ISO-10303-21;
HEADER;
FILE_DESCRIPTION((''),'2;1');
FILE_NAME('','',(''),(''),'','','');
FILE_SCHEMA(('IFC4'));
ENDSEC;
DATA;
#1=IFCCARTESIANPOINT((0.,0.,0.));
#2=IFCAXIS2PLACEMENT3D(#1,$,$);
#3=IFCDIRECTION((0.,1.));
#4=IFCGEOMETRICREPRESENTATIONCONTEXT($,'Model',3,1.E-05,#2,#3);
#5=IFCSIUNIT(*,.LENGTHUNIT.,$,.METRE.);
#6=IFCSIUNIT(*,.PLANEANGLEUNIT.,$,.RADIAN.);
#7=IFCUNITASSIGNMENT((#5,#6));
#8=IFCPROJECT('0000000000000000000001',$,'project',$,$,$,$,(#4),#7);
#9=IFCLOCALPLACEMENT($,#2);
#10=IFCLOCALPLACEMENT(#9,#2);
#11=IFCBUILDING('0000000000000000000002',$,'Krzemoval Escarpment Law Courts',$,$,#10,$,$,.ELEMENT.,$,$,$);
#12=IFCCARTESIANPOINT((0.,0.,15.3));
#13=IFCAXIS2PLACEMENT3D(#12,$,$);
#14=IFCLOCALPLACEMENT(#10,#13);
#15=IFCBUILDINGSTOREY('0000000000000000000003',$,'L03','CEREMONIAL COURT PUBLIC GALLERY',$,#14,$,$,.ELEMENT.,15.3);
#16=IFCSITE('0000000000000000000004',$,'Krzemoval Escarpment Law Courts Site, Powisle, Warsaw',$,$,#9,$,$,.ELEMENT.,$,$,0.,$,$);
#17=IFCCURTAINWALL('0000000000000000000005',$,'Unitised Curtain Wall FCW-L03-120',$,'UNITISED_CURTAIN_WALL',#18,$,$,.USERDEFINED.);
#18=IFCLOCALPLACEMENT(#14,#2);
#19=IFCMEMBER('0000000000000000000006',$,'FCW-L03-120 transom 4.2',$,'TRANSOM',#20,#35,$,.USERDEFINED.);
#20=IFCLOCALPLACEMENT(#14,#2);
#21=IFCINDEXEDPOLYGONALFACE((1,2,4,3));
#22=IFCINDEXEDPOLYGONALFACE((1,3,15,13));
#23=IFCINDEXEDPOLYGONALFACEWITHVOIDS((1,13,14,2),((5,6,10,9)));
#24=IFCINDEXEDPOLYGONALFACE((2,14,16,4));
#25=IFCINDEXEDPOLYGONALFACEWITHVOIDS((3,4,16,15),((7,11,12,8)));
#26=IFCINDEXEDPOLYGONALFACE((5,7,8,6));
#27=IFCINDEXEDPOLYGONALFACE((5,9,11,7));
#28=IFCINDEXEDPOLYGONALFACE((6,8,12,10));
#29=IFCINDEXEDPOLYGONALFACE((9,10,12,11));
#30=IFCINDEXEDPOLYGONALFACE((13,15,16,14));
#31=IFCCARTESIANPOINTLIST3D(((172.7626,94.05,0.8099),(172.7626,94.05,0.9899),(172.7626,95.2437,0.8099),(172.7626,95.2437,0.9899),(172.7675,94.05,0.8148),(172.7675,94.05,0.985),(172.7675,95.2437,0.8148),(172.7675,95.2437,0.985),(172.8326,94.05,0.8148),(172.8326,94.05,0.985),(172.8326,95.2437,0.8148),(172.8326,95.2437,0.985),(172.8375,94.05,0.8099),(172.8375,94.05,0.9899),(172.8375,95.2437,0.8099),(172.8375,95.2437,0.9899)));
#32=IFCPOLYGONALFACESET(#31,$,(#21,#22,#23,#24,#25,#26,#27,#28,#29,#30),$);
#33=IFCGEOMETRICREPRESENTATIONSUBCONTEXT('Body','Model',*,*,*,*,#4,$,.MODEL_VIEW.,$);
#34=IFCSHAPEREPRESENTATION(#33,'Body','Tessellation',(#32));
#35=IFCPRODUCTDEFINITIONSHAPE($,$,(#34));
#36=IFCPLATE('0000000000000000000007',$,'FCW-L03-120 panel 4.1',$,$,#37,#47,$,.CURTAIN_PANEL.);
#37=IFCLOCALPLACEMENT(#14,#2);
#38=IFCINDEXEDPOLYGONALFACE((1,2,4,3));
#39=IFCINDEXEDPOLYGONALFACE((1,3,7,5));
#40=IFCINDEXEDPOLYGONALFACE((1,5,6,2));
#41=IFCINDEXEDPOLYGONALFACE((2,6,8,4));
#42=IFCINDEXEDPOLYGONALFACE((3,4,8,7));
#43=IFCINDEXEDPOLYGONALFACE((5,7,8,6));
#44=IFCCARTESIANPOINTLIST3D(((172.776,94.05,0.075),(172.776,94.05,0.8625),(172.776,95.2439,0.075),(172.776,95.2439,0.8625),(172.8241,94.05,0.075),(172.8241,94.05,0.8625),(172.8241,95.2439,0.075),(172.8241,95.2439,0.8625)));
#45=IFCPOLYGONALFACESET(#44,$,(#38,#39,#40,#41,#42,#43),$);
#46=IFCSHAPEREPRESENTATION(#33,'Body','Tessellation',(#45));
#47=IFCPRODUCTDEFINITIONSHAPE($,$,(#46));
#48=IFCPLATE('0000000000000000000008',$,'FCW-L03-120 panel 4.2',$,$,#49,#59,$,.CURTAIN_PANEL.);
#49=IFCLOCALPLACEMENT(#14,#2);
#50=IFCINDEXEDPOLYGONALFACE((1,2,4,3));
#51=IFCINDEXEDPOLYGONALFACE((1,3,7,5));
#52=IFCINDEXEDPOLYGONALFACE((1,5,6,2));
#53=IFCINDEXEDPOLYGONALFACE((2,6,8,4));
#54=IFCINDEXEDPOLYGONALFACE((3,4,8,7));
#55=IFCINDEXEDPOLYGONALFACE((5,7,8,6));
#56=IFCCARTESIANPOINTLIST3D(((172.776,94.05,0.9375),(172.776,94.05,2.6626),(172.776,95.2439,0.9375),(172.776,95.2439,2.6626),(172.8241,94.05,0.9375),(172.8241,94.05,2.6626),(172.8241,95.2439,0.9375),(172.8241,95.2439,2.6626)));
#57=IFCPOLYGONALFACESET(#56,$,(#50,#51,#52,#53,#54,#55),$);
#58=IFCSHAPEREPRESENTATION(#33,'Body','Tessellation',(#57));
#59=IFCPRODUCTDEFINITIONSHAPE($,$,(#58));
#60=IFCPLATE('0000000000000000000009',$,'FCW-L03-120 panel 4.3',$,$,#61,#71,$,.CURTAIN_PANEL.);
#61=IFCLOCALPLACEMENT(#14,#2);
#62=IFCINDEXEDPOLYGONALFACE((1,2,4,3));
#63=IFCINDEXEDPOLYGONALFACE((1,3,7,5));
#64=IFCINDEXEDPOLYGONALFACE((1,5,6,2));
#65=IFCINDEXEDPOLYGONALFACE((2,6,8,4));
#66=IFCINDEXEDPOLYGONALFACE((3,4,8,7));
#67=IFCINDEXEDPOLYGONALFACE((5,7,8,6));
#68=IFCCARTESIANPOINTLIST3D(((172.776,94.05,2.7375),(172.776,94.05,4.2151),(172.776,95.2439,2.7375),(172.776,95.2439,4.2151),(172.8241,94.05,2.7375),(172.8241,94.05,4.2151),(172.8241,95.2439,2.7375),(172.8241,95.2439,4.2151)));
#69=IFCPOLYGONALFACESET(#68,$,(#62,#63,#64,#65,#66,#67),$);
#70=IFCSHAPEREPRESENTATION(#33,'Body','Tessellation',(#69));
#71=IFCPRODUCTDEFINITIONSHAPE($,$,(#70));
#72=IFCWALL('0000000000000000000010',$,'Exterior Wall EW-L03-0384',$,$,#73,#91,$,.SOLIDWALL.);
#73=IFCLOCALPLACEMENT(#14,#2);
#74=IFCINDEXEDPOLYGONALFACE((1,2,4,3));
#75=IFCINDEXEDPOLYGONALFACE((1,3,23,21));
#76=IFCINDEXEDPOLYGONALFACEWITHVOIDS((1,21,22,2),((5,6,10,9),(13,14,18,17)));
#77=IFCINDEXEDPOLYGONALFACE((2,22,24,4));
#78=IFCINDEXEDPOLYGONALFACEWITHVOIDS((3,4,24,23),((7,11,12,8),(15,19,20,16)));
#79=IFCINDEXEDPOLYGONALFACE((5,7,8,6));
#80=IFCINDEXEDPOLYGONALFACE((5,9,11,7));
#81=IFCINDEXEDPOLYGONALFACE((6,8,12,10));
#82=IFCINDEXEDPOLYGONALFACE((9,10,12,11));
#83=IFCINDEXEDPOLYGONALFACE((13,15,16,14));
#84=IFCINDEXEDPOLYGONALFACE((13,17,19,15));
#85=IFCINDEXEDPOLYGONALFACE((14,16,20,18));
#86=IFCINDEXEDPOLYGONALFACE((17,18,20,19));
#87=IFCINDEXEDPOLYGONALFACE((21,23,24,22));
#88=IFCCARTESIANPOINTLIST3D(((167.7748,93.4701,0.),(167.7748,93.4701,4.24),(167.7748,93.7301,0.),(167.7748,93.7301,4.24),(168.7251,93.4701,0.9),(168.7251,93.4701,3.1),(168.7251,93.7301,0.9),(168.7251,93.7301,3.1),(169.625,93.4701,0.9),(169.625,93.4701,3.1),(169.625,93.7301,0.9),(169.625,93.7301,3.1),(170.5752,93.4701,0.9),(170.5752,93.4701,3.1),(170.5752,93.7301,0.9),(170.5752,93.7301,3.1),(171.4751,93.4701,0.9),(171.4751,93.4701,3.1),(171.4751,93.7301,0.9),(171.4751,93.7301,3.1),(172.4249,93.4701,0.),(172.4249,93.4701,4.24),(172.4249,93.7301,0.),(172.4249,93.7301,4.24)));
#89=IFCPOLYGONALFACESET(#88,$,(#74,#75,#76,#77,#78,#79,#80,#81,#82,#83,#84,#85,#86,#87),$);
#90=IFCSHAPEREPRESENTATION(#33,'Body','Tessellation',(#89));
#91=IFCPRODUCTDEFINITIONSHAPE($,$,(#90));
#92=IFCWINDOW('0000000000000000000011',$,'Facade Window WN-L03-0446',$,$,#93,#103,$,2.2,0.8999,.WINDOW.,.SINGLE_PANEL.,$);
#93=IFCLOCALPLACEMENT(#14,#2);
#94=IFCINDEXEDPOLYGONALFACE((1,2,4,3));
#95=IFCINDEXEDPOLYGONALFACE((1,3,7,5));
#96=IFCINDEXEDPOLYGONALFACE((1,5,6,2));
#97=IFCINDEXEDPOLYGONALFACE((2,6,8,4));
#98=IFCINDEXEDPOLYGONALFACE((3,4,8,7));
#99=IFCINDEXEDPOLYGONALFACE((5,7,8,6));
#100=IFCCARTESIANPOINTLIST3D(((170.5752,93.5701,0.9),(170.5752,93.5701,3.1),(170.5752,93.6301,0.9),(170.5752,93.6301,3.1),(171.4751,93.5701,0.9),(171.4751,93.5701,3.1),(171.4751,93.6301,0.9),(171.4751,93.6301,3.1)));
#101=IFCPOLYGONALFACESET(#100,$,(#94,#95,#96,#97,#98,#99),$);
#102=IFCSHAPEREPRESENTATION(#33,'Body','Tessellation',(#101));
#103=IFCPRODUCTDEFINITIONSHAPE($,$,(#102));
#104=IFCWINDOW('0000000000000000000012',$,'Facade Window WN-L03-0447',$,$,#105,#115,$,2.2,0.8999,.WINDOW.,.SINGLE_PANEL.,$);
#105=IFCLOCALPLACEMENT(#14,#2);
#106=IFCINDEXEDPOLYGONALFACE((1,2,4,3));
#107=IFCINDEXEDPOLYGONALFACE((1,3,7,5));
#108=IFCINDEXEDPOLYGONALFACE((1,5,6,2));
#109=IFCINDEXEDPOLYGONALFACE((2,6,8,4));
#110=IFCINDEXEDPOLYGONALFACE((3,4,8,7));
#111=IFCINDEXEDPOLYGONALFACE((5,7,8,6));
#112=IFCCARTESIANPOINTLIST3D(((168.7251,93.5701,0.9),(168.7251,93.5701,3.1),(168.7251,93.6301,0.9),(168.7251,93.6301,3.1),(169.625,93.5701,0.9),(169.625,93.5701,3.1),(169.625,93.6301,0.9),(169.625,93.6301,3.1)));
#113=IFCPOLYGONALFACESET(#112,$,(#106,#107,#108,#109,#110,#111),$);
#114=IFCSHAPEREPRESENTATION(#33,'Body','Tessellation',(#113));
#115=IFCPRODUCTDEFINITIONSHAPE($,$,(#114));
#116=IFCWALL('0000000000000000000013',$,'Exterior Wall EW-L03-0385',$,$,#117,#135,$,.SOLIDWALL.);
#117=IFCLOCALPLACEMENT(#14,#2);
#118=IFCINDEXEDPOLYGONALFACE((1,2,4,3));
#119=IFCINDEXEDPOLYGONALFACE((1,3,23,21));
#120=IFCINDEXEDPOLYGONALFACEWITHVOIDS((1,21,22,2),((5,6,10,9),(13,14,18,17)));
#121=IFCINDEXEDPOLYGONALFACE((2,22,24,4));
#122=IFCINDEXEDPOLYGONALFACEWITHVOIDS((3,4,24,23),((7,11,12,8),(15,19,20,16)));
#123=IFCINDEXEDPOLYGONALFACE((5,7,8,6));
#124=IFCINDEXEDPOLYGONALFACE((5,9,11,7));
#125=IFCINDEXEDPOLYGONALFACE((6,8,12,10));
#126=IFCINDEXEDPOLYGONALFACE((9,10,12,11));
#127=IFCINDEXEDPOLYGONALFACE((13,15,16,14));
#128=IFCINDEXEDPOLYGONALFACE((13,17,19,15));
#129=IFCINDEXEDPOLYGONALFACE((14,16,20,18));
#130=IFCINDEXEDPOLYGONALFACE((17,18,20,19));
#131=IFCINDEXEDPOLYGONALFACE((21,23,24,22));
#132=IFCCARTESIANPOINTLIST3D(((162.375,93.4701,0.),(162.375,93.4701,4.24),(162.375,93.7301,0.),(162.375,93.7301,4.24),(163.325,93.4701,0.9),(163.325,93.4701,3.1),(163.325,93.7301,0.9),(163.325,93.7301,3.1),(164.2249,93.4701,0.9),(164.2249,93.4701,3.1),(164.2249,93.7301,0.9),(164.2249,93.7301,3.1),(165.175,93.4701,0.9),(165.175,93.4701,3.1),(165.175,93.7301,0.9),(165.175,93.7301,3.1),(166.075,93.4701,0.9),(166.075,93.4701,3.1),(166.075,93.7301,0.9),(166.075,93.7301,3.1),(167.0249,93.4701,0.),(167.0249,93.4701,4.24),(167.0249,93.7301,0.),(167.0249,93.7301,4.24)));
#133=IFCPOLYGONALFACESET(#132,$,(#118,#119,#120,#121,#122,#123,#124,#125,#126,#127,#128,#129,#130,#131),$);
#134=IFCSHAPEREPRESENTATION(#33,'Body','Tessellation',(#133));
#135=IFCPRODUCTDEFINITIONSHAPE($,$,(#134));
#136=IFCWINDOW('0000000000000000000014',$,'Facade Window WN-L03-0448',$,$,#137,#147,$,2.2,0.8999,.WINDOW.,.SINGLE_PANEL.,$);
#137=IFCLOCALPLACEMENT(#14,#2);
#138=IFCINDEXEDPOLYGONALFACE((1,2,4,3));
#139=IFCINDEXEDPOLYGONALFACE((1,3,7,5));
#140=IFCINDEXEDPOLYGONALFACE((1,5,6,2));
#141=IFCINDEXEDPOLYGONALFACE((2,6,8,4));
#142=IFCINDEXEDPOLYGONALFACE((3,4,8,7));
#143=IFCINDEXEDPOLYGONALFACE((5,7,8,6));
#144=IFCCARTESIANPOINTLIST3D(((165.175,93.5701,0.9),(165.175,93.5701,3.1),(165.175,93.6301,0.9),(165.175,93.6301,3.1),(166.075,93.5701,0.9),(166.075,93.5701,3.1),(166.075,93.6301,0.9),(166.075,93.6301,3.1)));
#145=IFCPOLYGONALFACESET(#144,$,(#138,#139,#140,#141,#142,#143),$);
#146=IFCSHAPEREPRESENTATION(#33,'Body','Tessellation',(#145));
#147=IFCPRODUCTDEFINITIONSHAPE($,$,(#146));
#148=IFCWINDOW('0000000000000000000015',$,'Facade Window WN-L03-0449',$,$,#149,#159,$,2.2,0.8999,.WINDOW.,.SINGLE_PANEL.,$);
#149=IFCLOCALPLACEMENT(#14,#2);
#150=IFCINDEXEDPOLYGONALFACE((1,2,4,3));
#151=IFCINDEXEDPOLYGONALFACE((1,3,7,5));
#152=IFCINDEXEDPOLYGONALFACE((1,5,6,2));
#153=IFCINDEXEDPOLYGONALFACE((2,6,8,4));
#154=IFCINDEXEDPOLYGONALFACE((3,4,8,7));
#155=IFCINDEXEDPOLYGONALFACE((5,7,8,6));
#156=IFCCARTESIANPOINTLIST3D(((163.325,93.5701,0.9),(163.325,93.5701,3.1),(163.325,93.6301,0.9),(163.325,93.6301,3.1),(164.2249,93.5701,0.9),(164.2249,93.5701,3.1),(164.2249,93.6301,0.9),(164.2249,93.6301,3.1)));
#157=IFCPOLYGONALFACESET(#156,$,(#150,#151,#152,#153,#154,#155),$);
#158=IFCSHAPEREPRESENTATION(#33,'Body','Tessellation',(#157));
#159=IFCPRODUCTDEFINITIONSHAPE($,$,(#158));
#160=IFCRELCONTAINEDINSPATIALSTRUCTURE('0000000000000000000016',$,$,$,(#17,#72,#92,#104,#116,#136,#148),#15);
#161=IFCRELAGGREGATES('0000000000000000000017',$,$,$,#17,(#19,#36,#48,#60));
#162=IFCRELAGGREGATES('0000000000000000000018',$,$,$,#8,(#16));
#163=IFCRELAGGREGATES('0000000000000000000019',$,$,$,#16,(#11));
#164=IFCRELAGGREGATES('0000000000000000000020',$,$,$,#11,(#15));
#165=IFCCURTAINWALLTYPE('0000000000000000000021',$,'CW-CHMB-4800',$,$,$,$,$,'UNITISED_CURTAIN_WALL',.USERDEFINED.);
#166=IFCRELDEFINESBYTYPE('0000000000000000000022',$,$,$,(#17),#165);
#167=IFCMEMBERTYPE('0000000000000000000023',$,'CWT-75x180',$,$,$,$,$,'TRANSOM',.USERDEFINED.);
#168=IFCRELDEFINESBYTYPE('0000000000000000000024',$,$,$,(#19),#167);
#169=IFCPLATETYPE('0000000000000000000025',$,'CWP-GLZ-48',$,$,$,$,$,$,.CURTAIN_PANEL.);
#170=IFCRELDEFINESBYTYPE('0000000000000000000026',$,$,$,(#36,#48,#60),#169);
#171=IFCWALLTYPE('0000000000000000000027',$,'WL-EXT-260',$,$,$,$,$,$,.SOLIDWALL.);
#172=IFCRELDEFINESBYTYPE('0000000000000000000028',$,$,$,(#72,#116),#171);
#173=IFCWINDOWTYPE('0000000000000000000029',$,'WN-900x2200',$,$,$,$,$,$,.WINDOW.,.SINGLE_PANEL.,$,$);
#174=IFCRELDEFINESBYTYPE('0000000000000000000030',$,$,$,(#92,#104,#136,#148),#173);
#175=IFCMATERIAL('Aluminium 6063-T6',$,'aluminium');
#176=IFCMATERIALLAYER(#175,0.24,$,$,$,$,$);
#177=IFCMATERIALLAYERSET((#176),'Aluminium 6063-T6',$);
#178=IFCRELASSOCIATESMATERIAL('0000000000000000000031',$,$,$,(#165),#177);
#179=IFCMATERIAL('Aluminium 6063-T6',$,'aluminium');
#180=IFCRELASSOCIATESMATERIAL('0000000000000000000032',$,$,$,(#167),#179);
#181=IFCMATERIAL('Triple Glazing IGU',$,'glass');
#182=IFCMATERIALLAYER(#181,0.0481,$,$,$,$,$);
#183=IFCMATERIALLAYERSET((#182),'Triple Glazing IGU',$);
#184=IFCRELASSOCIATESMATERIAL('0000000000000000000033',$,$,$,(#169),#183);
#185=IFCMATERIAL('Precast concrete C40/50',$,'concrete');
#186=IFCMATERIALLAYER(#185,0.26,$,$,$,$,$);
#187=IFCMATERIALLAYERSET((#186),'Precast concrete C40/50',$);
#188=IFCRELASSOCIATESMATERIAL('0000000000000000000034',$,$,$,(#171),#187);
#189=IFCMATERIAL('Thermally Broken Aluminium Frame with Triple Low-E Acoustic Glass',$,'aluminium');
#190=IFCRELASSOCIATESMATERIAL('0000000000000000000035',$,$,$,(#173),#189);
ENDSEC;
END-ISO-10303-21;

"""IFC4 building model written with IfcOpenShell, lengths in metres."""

from ifc_helpers import new_model, si_unit, direction, frame, frame_2d, origin, origin_2d, place, context, subcontext, project, spatial, rectangle, hollow_rectangle, extrude, material, layer, layer_set, material_profile, profile_set, type_object, element, fill, aggregate, save


model = new_model("IFC4")

# Units and contexts
model_context = context("Model", 3, precision=1e-05, world=origin(), true_north=direction((0.0, 1.0)))
body_context = subcontext(model_context, "Body", "Model", "MODEL_VIEW")
ifc_project = project(units=[si_unit("LENGTHUNIT", "METRE"), si_unit("PLANEANGLEUNIT", "RADIAN")], contexts=[model_context])

# Site, building, storey
site_placement = place(None, origin())
site = spatial("IfcSite", under=ifc_project, at=site_placement, Name="Krzemoval Escarpment Law Courts Site, Powisle, Warsaw", CompositionType="ELEMENT", RefElevation=0.0)
building_placement = place(site_placement, origin())
building = spatial("IfcBuilding", under=site, at=building_placement, Name="Krzemoval Escarpment Law Courts", CompositionType="ELEMENT")
storey_placement = place(building_placement, frame((0.0, 0.0, 15.3)))
storey = spatial("IfcBuildingStorey", under=building, at=storey_placement, Name="L03", Description="CEREMONIAL COURT PUBLIC GALLERY", CompositionType="ELEMENT", Elevation=15.3)

# Curtain wall, member, plates
ifc_material_1 = material(Name="Aluminium 6063-T6", Category="aluminium")
ifc_layer_1 = layer(ifc_material_1, 0.24)
ifc_layer_set_1 = layer_set([ifc_layer_1], Name="Aluminium 6063-T6")
curtain_wall_type = type_object("IfcCurtainWallType", Name="CW-CHMB-4800", ElementType="UNITISED_CURTAIN_WALL", PredefinedType="USERDEFINED", material=ifc_layer_set_1)
curtain_wall_placement = place(storey_placement, origin())
curtain_wall = element("IfcCurtainWall", 1, at=curtain_wall_placement, inside=storey, type_object=curtain_wall_type, Name="Unitised Curtain Wall FCW-L03-120", ObjectType="UNITISED_CURTAIN_WALL", PredefinedType="USERDEFINED")
ifc_material_2 = material(Name="Aluminium 6063-T6", Category="aluminium")
ifc_material_profile_1 = material_profile(ifc_material_2, hollow_rectangle(XDim=0.075, YDim=0.1799, WallThickness=0.0049, at=origin_2d()), Name="ALU T75x180")
ifc_profile_set_1 = profile_set([ifc_material_profile_1], Name="Aluminium 6063-T6")
member_type_1 = type_object("IfcMemberType", Name="CWT-75x180", ElementType="TRANSOM", PredefinedType="USERDEFINED", material=ifc_profile_set_1)
member_1_placement = place(storey_placement, frame((172.8, 95.2437, 0.8999), z_axis=(0.0, -1.0, 0.0), x_axis=(1.0, 0.0, 0.0)))
member_1 = element("IfcMember", 2, at=member_1_placement, type_object=member_type_1, Name="FCW-L03-120 transom 4.2", ObjectType="TRANSOM", PredefinedType="USERDEFINED", context=body_context, shape_type="SweptSolid", body=[
    extrude(hollow_rectangle(XDim=0.075, YDim=0.1799, WallThickness=0.0049, at=origin_2d()), origin(), (0.0, 0.0, 1.0), 1.1936),
])
ifc_material_3 = material(Name="Triple Glazing IGU", Category="glass")
ifc_layer_2 = layer(ifc_material_3, 0.0481)
ifc_layer_set_2 = layer_set([ifc_layer_2], Name="Triple Glazing IGU")
plate_type = type_object("IfcPlateType", Name="CWP-GLZ-48", PredefinedType="CURTAIN_PANEL", material=ifc_layer_set_2)
plate_1_placement = place(storey_placement, frame((172.8, 94.647, 0.075), z_axis=(0.0, 0.0, 1.0), x_axis=(0.0, -1.0, 0.0)))
plate_1 = element("IfcPlate", 3, at=plate_1_placement, type_object=plate_type, Name="FCW-L03-120 panel 4.1", PredefinedType="CURTAIN_PANEL", context=body_context, shape_type="SweptSolid", body=[
    extrude(rectangle(XDim=1.1938, YDim=0.0481, at=origin_2d()), origin(), (0.0, 0.0, 1.0), 0.7876),
])
plate_2_placement = place(storey_placement, frame((172.8, 94.647, 0.9375), z_axis=(0.0, 0.0, 1.0), x_axis=(0.0, -1.0, 0.0)))
plate_2 = element("IfcPlate", 4, at=plate_2_placement, type_object=plate_type, Name="FCW-L03-120 panel 4.2", PredefinedType="CURTAIN_PANEL", context=body_context, shape_type="SweptSolid", body=[
    extrude(rectangle(XDim=1.1938, YDim=0.0481, at=origin_2d()), origin(), (0.0, 0.0, 1.0), 1.7251),
])
plate_3_placement = place(storey_placement, frame((172.8, 94.647, 2.7375), z_axis=(0.0, 0.0, 1.0), x_axis=(0.0, -1.0, 0.0)))
plate_3 = element("IfcPlate", 5, at=plate_3_placement, type_object=plate_type, Name="FCW-L03-120 panel 4.3", PredefinedType="CURTAIN_PANEL", context=body_context, shape_type="SweptSolid", body=[
    extrude(rectangle(XDim=1.1938, YDim=0.0481, at=origin_2d()), origin(), (0.0, 0.0, 1.0), 1.4775),
])
aggregate(curtain_wall, [member_1, plate_1, plate_2, plate_3])

# Walls, openings, windows
ifc_material_4 = material(Name="Precast concrete C40/50", Category="concrete")
ifc_layer_3 = layer(ifc_material_4, 0.26)
ifc_layer_set_3 = layer_set([ifc_layer_3], Name="Precast concrete C40/50")
wall_type = type_object("IfcWallType", Name="WL-EXT-260", PredefinedType="SOLIDWALL", material=ifc_layer_set_3)
wall_1_placement = place(storey_placement, frame((172.425, 93.6001, 0.0), z_axis=(0.0, 0.0, 1.0), x_axis=(-1.0, 0.0, 0.0)))
wall_1 = element("IfcWall", 6, at=wall_1_placement, inside=storey, type_object=wall_type, Name="Exterior Wall EW-L03-0384", PredefinedType="SOLIDWALL", context=body_context, shape_type="SweptSolid", body=[
    extrude(rectangle(XDim=4.6501, YDim=0.26, at=frame_2d((2.3252, 0.0))), origin(), (0.0, 0.0, 1.0), 4.24),
])
opening_1_placement = place(wall_1_placement, frame((0.95, 0.0, 0.8999)))
opening_1 = element("IfcOpeningElement", 7, at=opening_1_placement, cuts=wall_1, PredefinedType="OPENING", context=body_context, shape_type="SweptSolid", body=[
    extrude(rectangle(XDim=0.8999, YDim=2.2, at=frame_2d((0.45, 1.1001))), frame((0.0, 0.145, 0.0), z_axis=(0.0, -1.0, 0.0), x_axis=(1.0, 0.0, 0.0)), (0.0, 0.0, 1.0), 0.29),
])
opening_2_placement = place(wall_1_placement, frame((2.8, 0.0, 0.8999)))
opening_2 = element("IfcOpeningElement", 8, at=opening_2_placement, cuts=wall_1, PredefinedType="OPENING", context=body_context, shape_type="SweptSolid", body=[
    extrude(rectangle(XDim=0.8999, YDim=2.2, at=frame_2d((0.45, 1.1001))), frame((0.0, 0.145, 0.0), z_axis=(0.0, -1.0, 0.0), x_axis=(1.0, 0.0, 0.0)), (0.0, 0.0, 1.0), 0.29),
])
ifc_material_5 = material(Name="Thermally Broken Aluminium Frame with Triple Low-E Acoustic Glass", Category="aluminium")
window_type = type_object("IfcWindowType", Name="WN-900x2200", PartitioningType="SINGLE_PANEL", PredefinedType="WINDOW", material=ifc_material_5)
window_1_placement = place(opening_1_placement, origin())
window_1 = element("IfcWindow", 9, at=window_1_placement, inside=storey, type_object=window_type, Name="Facade Window WN-L03-0446", OverallHeight=2.2, OverallWidth=0.8999, PartitioningType="SINGLE_PANEL", PredefinedType="WINDOW", context=body_context, shape_type="SweptSolid", body=[
    extrude(rectangle(XDim=0.8999, YDim=2.2, at=frame_2d((0.45, 1.1001))), frame((0.0, 0.03, 0.0), z_axis=(0.0, -1.0, 0.0), x_axis=(1.0, 0.0, 0.0)), (0.0, 0.0, 1.0), 0.0601),
])
fill(opening_1, window_1)
window_2_placement = place(opening_2_placement, origin())
window_2 = element("IfcWindow", 10, at=window_2_placement, inside=storey, type_object=window_type, Name="Facade Window WN-L03-0447", OverallHeight=2.2, OverallWidth=0.8999, PartitioningType="SINGLE_PANEL", PredefinedType="WINDOW", context=body_context, shape_type="SweptSolid", body=[
    extrude(rectangle(XDim=0.8999, YDim=2.2, at=frame_2d((0.45, 1.1001))), frame((0.0, 0.03, 0.0), z_axis=(0.0, -1.0, 0.0), x_axis=(1.0, 0.0, 0.0)), (0.0, 0.0, 1.0), 0.0601),
])
fill(opening_2, window_2)
wall_2_placement = place(storey_placement, frame((167.0249, 93.6001, 0.0), z_axis=(0.0, 0.0, 1.0), x_axis=(-1.0, 0.0, 0.0)))
wall_2 = element("IfcWall", 11, at=wall_2_placement, inside=storey, type_object=wall_type, Name="Exterior Wall EW-L03-0385", PredefinedType="SOLIDWALL", context=body_context, shape_type="SweptSolid", body=[
    extrude(rectangle(XDim=4.6499, YDim=0.26, at=frame_2d((2.325, 0.0))), origin(), (0.0, 0.0, 1.0), 4.24),
])
opening_3_placement = place(wall_2_placement, frame((0.95, 0.0, 0.8999)))
opening_3 = element("IfcOpeningElement", 12, at=opening_3_placement, cuts=wall_2, PredefinedType="OPENING", context=body_context, shape_type="SweptSolid", body=[
    extrude(rectangle(XDim=0.8999, YDim=2.2, at=frame_2d((0.45, 1.1001))), frame((0.0, 0.145, 0.0), z_axis=(0.0, -1.0, 0.0), x_axis=(1.0, 0.0, 0.0)), (0.0, 0.0, 1.0), 0.29),
])
opening_4_placement = place(wall_2_placement, frame((2.8, 0.0, 0.8999)))
opening_4 = element("IfcOpeningElement", 13, at=opening_4_placement, cuts=wall_2, PredefinedType="OPENING", context=body_context, shape_type="SweptSolid", body=[
    extrude(rectangle(XDim=0.8999, YDim=2.2, at=frame_2d((0.45, 1.1001))), frame((0.0, 0.145, 0.0), z_axis=(0.0, -1.0, 0.0), x_axis=(1.0, 0.0, 0.0)), (0.0, 0.0, 1.0), 0.29),
])
window_3_placement = place(opening_3_placement, origin())
window_3 = element("IfcWindow", 14, at=window_3_placement, inside=storey, type_object=window_type, Name="Facade Window WN-L03-0448", OverallHeight=2.2, OverallWidth=0.8999, PartitioningType="SINGLE_PANEL", PredefinedType="WINDOW", context=body_context, shape_type="SweptSolid", body=[
    extrude(rectangle(XDim=0.8999, YDim=2.2, at=frame_2d((0.45, 1.1001))), frame((0.0, 0.03, 0.0), z_axis=(0.0, -1.0, 0.0), x_axis=(1.0, 0.0, 0.0)), (0.0, 0.0, 1.0), 0.0601),
])
fill(opening_3, window_3)
window_4_placement = place(opening_4_placement, origin())
window_4 = element("IfcWindow", 15, at=window_4_placement, inside=storey, type_object=window_type, Name="Facade Window WN-L03-0449", OverallHeight=2.2, OverallWidth=0.8999, PartitioningType="SINGLE_PANEL", PredefinedType="WINDOW", context=body_context, shape_type="SweptSolid", body=[
    extrude(rectangle(XDim=0.8999, YDim=2.2, at=frame_2d((0.45, 1.1001))), frame((0.0, 0.03, 0.0), z_axis=(0.0, -1.0, 0.0), x_axis=(1.0, 0.0, 0.0)), (0.0, 0.0, 1.0), 0.0601),
])
fill(opening_4, window_4)

save(model, "model.ifc")
